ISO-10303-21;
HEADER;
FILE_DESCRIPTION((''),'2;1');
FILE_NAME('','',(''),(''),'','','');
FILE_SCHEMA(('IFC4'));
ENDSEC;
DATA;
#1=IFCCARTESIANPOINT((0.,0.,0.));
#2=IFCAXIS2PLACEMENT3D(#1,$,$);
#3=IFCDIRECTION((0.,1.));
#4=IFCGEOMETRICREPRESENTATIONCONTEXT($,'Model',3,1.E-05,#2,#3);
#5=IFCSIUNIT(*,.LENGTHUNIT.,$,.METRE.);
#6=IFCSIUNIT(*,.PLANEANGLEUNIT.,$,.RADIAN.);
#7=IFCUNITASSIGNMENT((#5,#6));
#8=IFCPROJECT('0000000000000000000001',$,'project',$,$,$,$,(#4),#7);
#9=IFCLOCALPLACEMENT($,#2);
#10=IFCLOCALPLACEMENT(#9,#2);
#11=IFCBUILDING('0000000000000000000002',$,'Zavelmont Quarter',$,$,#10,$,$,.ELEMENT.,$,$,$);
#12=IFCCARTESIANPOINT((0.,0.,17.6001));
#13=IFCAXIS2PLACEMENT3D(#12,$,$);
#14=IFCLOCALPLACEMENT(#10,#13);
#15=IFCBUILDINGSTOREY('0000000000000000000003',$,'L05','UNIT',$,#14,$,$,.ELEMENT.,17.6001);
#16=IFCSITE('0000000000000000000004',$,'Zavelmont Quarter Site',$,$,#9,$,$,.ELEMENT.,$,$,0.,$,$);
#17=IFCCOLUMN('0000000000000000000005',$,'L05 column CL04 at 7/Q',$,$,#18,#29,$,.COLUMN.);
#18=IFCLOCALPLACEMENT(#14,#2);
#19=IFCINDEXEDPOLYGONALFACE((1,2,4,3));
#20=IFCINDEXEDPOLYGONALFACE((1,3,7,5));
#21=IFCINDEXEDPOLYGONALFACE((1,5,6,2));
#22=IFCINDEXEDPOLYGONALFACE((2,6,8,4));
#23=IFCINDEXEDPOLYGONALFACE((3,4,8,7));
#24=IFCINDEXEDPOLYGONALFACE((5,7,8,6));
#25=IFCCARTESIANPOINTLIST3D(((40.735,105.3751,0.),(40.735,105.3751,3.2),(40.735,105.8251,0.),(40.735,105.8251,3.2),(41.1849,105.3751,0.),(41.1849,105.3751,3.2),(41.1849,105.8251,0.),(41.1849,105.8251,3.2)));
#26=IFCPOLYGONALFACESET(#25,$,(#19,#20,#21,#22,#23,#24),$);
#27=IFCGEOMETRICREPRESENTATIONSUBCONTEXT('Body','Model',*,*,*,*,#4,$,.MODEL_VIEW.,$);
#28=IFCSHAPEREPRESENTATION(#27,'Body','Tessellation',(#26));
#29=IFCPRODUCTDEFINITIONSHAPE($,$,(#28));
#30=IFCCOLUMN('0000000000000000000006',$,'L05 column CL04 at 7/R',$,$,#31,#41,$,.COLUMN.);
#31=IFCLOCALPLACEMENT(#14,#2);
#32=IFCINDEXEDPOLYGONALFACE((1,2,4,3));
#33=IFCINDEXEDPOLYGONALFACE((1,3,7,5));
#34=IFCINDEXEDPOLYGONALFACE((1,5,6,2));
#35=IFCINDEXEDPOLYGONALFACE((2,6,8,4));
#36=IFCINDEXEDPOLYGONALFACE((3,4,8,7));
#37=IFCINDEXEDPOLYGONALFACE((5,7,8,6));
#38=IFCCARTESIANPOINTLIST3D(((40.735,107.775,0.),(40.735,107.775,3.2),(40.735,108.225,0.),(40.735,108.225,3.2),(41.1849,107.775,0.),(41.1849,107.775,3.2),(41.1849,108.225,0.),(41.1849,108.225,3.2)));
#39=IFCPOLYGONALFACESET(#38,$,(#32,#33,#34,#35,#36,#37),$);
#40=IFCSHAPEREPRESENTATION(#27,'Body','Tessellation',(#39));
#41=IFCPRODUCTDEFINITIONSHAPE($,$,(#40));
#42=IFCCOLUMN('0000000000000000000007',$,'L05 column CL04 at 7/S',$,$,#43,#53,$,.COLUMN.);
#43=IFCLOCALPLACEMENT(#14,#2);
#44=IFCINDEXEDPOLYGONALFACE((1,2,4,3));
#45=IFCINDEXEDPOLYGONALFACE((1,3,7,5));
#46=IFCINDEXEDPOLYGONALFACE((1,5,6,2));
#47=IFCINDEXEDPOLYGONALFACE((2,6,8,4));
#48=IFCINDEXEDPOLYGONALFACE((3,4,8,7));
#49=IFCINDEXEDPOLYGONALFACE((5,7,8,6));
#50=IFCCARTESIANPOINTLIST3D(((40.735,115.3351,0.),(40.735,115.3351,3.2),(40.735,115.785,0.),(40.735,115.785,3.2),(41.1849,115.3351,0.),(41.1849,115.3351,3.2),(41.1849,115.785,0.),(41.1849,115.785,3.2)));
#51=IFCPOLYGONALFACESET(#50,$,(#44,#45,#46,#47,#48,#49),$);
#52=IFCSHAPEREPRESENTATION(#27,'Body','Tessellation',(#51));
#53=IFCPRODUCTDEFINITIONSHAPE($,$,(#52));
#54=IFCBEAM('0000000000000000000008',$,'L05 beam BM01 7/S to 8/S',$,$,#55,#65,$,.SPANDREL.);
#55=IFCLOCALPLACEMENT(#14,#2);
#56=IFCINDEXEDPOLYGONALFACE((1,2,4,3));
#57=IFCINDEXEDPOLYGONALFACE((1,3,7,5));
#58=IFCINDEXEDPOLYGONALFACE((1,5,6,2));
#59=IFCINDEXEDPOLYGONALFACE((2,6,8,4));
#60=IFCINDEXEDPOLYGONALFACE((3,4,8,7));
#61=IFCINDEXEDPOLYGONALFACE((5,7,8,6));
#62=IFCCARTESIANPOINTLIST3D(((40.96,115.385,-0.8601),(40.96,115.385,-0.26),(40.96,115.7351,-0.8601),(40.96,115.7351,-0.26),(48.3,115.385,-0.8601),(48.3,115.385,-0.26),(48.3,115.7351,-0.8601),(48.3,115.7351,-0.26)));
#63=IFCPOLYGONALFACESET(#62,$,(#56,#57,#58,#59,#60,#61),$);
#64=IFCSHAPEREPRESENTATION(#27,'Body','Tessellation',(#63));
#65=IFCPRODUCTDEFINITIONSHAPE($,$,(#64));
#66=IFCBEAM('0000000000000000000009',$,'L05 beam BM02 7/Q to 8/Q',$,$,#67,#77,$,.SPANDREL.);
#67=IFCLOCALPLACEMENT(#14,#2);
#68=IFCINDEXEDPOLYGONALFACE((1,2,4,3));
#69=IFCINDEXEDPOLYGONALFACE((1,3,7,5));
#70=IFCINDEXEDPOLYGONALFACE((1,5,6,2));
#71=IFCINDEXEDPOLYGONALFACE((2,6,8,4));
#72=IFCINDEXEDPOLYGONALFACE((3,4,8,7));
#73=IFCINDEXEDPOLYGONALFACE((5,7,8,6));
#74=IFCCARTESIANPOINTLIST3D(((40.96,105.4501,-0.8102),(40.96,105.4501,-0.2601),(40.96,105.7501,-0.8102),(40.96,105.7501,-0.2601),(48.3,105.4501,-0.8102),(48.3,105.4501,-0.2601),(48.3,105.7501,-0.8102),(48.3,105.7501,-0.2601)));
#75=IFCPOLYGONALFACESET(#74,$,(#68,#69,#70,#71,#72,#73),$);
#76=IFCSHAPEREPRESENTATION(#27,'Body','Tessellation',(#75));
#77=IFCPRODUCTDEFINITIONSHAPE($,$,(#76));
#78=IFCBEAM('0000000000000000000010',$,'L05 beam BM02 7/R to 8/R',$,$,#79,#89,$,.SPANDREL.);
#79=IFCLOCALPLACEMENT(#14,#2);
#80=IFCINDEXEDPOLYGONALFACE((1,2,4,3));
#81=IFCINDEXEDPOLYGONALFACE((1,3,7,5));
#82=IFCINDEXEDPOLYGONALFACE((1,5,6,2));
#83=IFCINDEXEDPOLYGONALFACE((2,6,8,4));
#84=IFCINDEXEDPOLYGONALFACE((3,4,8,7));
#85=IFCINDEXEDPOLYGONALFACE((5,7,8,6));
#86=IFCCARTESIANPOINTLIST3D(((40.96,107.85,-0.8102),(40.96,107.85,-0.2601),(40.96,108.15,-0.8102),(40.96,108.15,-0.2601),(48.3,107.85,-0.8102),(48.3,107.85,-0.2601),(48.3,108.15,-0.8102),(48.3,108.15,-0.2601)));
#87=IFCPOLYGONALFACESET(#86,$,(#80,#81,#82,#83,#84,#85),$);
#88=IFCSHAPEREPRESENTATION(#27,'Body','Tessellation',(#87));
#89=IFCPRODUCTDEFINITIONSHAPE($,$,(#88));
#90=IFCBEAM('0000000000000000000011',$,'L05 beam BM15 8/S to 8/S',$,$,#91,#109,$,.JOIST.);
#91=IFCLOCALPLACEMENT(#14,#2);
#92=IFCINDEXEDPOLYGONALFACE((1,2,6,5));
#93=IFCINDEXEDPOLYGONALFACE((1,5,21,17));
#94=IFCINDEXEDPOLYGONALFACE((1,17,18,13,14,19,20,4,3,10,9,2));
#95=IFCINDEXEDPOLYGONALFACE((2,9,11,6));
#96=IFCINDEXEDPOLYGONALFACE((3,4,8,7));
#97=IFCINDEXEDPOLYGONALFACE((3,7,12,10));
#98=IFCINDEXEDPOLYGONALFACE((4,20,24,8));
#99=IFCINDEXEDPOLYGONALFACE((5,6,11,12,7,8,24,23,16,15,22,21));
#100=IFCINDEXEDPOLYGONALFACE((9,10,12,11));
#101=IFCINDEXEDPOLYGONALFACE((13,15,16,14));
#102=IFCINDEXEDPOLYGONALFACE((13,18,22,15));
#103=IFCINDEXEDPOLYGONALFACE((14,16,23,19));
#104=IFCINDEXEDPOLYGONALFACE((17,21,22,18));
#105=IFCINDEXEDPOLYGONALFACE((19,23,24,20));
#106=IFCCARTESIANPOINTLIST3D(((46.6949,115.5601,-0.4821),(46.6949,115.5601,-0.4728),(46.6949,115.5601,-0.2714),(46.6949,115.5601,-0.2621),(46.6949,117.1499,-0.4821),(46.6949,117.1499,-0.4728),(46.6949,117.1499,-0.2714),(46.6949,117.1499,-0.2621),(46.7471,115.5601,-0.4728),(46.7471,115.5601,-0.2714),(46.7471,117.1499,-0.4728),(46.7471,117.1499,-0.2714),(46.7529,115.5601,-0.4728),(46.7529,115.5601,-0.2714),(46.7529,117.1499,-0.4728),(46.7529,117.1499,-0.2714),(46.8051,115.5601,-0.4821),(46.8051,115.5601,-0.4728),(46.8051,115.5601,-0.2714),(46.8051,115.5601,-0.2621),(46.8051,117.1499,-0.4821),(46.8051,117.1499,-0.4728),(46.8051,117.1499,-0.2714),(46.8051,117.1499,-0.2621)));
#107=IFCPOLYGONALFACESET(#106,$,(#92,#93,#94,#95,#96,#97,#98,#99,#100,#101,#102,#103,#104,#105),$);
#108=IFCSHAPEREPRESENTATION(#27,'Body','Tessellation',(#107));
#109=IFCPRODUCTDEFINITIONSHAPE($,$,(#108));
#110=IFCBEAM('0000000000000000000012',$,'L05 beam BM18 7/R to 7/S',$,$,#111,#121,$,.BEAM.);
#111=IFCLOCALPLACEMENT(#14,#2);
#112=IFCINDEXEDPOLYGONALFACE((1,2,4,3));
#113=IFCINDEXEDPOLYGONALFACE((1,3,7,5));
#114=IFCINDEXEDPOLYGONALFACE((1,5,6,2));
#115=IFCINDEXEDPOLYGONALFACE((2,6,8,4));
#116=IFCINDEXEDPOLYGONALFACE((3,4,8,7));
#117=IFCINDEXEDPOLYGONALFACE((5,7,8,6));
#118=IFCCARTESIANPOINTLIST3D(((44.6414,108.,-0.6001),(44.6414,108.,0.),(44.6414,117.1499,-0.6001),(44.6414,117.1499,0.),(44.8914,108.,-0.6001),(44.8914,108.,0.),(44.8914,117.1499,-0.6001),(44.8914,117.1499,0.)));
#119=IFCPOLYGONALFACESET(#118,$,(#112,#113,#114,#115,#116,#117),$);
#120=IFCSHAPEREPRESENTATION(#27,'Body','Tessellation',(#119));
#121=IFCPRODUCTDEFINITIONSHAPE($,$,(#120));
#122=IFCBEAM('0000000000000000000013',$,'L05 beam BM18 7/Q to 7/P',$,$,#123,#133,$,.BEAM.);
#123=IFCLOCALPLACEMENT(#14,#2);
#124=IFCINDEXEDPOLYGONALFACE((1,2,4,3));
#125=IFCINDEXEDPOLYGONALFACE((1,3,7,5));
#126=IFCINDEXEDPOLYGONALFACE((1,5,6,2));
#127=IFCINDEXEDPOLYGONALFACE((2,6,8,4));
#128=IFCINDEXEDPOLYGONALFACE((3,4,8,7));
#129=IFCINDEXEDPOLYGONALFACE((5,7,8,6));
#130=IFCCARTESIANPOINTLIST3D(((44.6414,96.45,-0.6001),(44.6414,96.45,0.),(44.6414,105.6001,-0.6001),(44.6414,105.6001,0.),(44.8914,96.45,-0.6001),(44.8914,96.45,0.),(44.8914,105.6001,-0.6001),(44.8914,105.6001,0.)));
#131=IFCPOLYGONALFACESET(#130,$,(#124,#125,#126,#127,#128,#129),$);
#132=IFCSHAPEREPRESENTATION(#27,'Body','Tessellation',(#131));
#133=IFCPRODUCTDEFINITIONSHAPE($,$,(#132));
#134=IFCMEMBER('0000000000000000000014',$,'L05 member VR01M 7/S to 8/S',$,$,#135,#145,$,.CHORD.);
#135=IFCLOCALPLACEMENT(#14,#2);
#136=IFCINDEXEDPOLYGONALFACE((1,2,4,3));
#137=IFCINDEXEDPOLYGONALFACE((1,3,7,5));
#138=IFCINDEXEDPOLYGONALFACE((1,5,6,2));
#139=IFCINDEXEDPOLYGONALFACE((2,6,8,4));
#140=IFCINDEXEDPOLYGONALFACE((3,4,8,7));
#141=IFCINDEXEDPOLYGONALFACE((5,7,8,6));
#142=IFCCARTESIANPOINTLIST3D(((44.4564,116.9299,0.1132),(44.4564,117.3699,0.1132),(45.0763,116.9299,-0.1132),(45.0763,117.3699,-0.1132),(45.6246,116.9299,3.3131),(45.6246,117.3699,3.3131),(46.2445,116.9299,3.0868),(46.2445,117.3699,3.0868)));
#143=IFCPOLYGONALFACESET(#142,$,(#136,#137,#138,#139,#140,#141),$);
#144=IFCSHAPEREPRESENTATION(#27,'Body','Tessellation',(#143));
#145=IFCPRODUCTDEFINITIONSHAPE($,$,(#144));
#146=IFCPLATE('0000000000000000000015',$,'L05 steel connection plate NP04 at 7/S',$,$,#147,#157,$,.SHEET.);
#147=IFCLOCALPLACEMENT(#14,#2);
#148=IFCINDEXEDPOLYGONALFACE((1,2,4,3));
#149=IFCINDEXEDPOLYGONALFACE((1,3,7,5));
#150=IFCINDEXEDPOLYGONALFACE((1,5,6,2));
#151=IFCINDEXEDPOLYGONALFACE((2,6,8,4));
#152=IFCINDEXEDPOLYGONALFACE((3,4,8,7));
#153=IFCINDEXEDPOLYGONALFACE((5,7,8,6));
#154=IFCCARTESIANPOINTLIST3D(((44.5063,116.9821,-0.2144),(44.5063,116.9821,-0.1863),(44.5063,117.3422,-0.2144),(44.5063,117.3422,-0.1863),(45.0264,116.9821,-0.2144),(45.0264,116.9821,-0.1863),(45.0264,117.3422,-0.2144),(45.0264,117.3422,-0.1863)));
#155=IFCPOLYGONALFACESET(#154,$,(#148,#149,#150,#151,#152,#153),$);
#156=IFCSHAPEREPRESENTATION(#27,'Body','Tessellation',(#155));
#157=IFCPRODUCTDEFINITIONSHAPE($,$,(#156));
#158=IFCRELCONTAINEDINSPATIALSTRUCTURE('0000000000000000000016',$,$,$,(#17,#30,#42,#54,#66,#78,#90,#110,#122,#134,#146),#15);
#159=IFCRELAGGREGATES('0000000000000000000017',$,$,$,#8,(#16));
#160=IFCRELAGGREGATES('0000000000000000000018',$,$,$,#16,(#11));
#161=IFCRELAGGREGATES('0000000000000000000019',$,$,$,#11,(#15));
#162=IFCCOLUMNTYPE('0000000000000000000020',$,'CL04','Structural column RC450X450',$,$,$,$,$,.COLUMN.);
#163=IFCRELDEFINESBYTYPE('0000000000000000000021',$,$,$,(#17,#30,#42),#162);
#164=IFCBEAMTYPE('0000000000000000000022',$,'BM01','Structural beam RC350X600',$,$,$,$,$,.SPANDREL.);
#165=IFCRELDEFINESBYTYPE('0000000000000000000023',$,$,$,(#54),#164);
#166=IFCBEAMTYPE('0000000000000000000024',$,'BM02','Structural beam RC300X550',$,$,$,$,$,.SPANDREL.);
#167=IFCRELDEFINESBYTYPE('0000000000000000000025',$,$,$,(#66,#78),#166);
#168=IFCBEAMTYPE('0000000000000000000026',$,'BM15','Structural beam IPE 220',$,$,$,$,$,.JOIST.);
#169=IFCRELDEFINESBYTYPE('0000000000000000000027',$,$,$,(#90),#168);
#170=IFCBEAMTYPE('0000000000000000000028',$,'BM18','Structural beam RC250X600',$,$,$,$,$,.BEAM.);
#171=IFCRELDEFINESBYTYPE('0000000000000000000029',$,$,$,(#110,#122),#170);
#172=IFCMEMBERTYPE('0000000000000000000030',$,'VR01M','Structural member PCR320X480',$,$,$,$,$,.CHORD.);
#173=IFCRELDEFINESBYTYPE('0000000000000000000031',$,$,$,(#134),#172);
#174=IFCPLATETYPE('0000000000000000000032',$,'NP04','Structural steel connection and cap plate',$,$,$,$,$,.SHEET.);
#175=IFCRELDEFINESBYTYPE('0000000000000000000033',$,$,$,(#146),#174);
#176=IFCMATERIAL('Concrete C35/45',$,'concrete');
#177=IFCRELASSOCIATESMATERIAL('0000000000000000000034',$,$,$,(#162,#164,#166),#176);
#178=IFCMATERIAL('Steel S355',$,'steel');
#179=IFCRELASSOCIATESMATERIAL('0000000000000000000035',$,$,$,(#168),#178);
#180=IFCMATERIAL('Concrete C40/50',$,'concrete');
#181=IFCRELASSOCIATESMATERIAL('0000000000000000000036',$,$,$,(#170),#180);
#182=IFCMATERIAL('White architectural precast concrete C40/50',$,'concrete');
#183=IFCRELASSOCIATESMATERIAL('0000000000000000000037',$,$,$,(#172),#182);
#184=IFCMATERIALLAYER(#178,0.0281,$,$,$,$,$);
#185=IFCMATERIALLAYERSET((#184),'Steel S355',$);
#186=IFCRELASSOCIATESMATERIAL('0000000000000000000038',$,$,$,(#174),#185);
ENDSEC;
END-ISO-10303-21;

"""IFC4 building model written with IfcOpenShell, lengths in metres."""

from ifc_helpers import new_model, si_unit, direction, frame, origin, origin_2d, place, context, subcontext, project, spatial, rectangle, i_section, extrude, material, layer, layer_set, material_profile, profile_set, type_object, element, save


model = new_model("IFC4")

# Units and contexts
model_context = context("Model", 3, precision=1e-05, world=origin(), true_north=direction((0.0, 1.0)))
body_context = subcontext(model_context, "Body", "Model", "MODEL_VIEW")
ifc_project = project(units=[si_unit("LENGTHUNIT", "METRE"), si_unit("PLANEANGLEUNIT", "RADIAN")], contexts=[model_context])

# Site, building, storey
site_placement = place(None, origin())
site = spatial("IfcSite", under=ifc_project, at=site_placement, Name="Zavelmont Quarter Site", CompositionType="ELEMENT", RefElevation=0.0)
building_placement = place(site_placement, origin())
building = spatial("IfcBuilding", under=site, at=building_placement, Name="Zavelmont Quarter", CompositionType="ELEMENT")
storey_placement = place(building_placement, frame((0.0, 0.0, 17.6001)))
storey = spatial("IfcBuildingStorey", under=building, at=storey_placement, Name="L05", Description="UNIT", CompositionType="ELEMENT", Elevation=17.6001)

# Columns
ifc_material_1 = material(Name="Concrete C35/45", Category="concrete")
ifc_material_profile_1 = material_profile(ifc_material_1, rectangle(XDim=0.45, YDim=0.45, at=origin_2d()), Name="RC450X450")
ifc_profile_set_1 = profile_set([ifc_material_profile_1], Name="Concrete C35/45")
column_type = type_object("IfcColumnType", Name="CL04", Description="Structural column RC450X450", PredefinedType="COLUMN", material=ifc_profile_set_1)
for number, where, z_axis, x_axis, name in (
    (1, (40.96, 105.6001, 0.0), (0.0, 0.0, 1.0), (1.0, 0.0, 0.0), "L05 column CL04 at 7/Q"),
    (2, (40.96, 108.0, 0.0), (0.0, 0.0, 1.0), (1.0, 0.0, 0.0), "L05 column CL04 at 7/R"),
    (3, (40.96, 115.5601, 0.0), (0.0, 0.0, 1.0), (1.0, 0.0, 0.0), "L05 column CL04 at 7/S"),
):
    element("IfcColumn", number, at=place(storey_placement, frame(where, z_axis=z_axis, x_axis=x_axis)), inside=storey, type_object=column_type, Name=name, PredefinedType="COLUMN", context=body_context, shape_type="SweptSolid", body=[
        extrude(rectangle(XDim=0.45, YDim=0.45, at=origin_2d()), origin(), (0.0, 0.0, 1.0), 3.2),
    ])

# Beams
ifc_material_profile_2 = material_profile(ifc_material_1, rectangle(XDim=0.3501, YDim=0.6001, at=origin_2d()), Name="RC350X600")
ifc_profile_set_2 = profile_set([ifc_material_profile_2], Name="Concrete C35/45")
beam_type_1 = type_object("IfcBeamType", Name="BM01", Description="Structural beam RC350X600", PredefinedType="SPANDREL", material=ifc_profile_set_2)
beam_1_placement = place(storey_placement, frame((40.96, 115.5601, -0.5601), z_axis=(1.0, 0.0, 0.0), x_axis=(0.0, 1.0, 0.0)))
element("IfcBeam", 4, at=beam_1_placement, inside=storey, type_object=beam_type_1, Name="L05 beam BM01 7/S to 8/S", PredefinedType="SPANDREL", context=body_context, shape_type="SweptSolid", body=[
    extrude(rectangle(XDim=0.3501, YDim=0.6001, at=origin_2d()), origin(), (0.0, 0.0, 1.0), 7.3401),
])
ifc_material_profile_3 = material_profile(ifc_material_1, rectangle(XDim=0.3, YDim=0.55, at=origin_2d()), Name="RC300X550")
ifc_profile_set_3 = profile_set([ifc_material_profile_3], Name="Concrete C35/45")
beam_type_2 = type_object("IfcBeamType", Name="BM02", Description="Structural beam RC300X550", PredefinedType="SPANDREL", material=ifc_profile_set_3)
for number, where, z_axis, x_axis, name in (
    (5, (40.96, 105.6001, -0.5352), (1.0, 0.0, 0.0), (0.0, 1.0, 0.0), "L05 beam BM02 7/Q to 8/Q"),
    (6, (40.96, 108.0, -0.5352), (1.0, 0.0, 0.0), (0.0, 1.0, 0.0), "L05 beam BM02 7/R to 8/R"),
):
    element("IfcBeam", number, at=place(storey_placement, frame(where, z_axis=z_axis, x_axis=x_axis)), inside=storey, type_object=beam_type_2, Name=name, PredefinedType="SPANDREL", context=body_context, shape_type="SweptSolid", body=[
        extrude(rectangle(XDim=0.3, YDim=0.55, at=origin_2d()), origin(), (0.0, 0.0, 1.0), 7.3401),
    ])
ifc_material_2 = material(Name="Steel S355", Category="steel")
ifc_material_profile_4 = material_profile(ifc_material_2, i_section(OverallWidth=0.1101, OverallDepth=0.22, WebThickness=0.0059, FlangeThickness=0.0093, at=origin_2d()), Name="IPE 220")
ifc_profile_set_4 = profile_set([ifc_material_profile_4], Name="Steel S355")
beam_type_3 = type_object("IfcBeamType", Name="BM15", Description="Structural beam IPE 220", PredefinedType="JOIST", material=ifc_profile_set_4)
beam_2_placement = place(storey_placement, frame((46.75, 115.5601, -0.3721), z_axis=(0.0, 1.0, 0.0), x_axis=(-1.0, 0.0, 0.0)))
element("IfcBeam", 7, at=beam_2_placement, inside=storey, type_object=beam_type_3, Name="L05 beam BM15 8/S to 8/S", PredefinedType="JOIST", context=body_context, shape_type="SweptSolid", body=[
    extrude(i_section(OverallWidth=0.1101, OverallDepth=0.22, WebThickness=0.0059, FlangeThickness=0.0093, at=origin_2d()), origin(), (0.0, 0.0, 1.0), 1.5898),
])
ifc_material_3 = material(Name="Concrete C40/50", Category="concrete")
ifc_material_profile_5 = material_profile(ifc_material_3, rectangle(XDim=0.25, YDim=0.6001, at=origin_2d()), Name="RC250X600")
ifc_profile_set_5 = profile_set([ifc_material_profile_5], Name="Concrete C40/50")
beam_type_4 = type_object("IfcBeamType", Name="BM18", Description="Structural beam RC250X600", PredefinedType="BEAM", material=ifc_profile_set_5)
beam_3_placement = place(storey_placement, frame((44.7664, 108.0, -0.3), z_axis=(0.0, 1.0, 0.0), x_axis=(-1.0, 0.0, 0.0)))
element("IfcBeam", 8, at=beam_3_placement, inside=storey, type_object=beam_type_4, Name="L05 beam BM18 7/R to 7/S", PredefinedType="BEAM", context=body_context, shape_type="SweptSolid", body=[
    extrude(rectangle(XDim=0.25, YDim=0.6001, at=origin_2d()), origin(), (0.0, 0.0, 1.0), 9.1499),
])
beam_4_placement = place(storey_placement, frame((44.7664, 105.6001, -0.3), z_axis=(0.0, -1.0, 0.0), x_axis=(1.0, 0.0, 0.0)))
element("IfcBeam", 9, at=beam_4_placement, inside=storey, type_object=beam_type_4, Name="L05 beam BM18 7/Q to 7/P", PredefinedType="BEAM", context=body_context, shape_type="SweptSolid", body=[
    extrude(rectangle(XDim=0.25, YDim=0.6001, at=origin_2d()), origin(), (0.0, 0.0, 1.0), 9.1501),
])

# Member
ifc_material_4 = material(Name="White architectural precast concrete C40/50", Category="concrete")
ifc_material_profile_6 = material_profile(ifc_material_4, rectangle(XDim=0.4399, YDim=0.6599, at=origin_2d()), Name="PCR320X480")
ifc_profile_set_6 = profile_set([ifc_material_profile_6], Name="White architectural precast concrete C40/50")
member_type = type_object("IfcMemberType", Name="VR01M", Description="Structural member PCR320X480", PredefinedType="CHORD", material=ifc_profile_set_6)
member_placement = place(storey_placement, frame((44.7664, 117.1499, 0.0), z_axis=(0.342934, 0.0, 0.93936), x_axis=(0.0, 1.0, 0.0)))
element("IfcMember", 10, at=member_placement, inside=storey, type_object=member_type, Name="L05 member VR01M 7/S to 8/S", PredefinedType="CHORD", context=body_context, shape_type="SweptSolid", body=[
    extrude(rectangle(XDim=0.4399, YDim=0.6599, at=origin_2d()), origin(), (0.0, 0.0, 1.0), 3.4065),
])

# Plate
ifc_layer_1 = layer(ifc_material_2, 0.0281)
ifc_layer_set_1 = layer_set([ifc_layer_1], Name="Steel S355")
plate_type = type_object("IfcPlateType", Name="NP04", Description="Structural steel connection and cap plate", PredefinedType="SHEET", material=ifc_layer_set_1)
plate_placement = place(storey_placement, frame((44.7664, 117.1621, -0.2144), z_axis=(0.0, 0.0, 1.0), x_axis=(1.0, 0.0, 0.0)))
element("IfcPlate", 11, at=plate_placement, inside=storey, type_object=plate_type, Name="L05 steel connection plate NP04 at 7/S", PredefinedType="SHEET", context=body_context, shape_type="SweptSolid", body=[
    extrude(rectangle(XDim=0.52, YDim=0.3601, at=origin_2d()), origin(), (0.0, 0.0, 1.0), 0.0281),
])

save(model, "model.ifc")
